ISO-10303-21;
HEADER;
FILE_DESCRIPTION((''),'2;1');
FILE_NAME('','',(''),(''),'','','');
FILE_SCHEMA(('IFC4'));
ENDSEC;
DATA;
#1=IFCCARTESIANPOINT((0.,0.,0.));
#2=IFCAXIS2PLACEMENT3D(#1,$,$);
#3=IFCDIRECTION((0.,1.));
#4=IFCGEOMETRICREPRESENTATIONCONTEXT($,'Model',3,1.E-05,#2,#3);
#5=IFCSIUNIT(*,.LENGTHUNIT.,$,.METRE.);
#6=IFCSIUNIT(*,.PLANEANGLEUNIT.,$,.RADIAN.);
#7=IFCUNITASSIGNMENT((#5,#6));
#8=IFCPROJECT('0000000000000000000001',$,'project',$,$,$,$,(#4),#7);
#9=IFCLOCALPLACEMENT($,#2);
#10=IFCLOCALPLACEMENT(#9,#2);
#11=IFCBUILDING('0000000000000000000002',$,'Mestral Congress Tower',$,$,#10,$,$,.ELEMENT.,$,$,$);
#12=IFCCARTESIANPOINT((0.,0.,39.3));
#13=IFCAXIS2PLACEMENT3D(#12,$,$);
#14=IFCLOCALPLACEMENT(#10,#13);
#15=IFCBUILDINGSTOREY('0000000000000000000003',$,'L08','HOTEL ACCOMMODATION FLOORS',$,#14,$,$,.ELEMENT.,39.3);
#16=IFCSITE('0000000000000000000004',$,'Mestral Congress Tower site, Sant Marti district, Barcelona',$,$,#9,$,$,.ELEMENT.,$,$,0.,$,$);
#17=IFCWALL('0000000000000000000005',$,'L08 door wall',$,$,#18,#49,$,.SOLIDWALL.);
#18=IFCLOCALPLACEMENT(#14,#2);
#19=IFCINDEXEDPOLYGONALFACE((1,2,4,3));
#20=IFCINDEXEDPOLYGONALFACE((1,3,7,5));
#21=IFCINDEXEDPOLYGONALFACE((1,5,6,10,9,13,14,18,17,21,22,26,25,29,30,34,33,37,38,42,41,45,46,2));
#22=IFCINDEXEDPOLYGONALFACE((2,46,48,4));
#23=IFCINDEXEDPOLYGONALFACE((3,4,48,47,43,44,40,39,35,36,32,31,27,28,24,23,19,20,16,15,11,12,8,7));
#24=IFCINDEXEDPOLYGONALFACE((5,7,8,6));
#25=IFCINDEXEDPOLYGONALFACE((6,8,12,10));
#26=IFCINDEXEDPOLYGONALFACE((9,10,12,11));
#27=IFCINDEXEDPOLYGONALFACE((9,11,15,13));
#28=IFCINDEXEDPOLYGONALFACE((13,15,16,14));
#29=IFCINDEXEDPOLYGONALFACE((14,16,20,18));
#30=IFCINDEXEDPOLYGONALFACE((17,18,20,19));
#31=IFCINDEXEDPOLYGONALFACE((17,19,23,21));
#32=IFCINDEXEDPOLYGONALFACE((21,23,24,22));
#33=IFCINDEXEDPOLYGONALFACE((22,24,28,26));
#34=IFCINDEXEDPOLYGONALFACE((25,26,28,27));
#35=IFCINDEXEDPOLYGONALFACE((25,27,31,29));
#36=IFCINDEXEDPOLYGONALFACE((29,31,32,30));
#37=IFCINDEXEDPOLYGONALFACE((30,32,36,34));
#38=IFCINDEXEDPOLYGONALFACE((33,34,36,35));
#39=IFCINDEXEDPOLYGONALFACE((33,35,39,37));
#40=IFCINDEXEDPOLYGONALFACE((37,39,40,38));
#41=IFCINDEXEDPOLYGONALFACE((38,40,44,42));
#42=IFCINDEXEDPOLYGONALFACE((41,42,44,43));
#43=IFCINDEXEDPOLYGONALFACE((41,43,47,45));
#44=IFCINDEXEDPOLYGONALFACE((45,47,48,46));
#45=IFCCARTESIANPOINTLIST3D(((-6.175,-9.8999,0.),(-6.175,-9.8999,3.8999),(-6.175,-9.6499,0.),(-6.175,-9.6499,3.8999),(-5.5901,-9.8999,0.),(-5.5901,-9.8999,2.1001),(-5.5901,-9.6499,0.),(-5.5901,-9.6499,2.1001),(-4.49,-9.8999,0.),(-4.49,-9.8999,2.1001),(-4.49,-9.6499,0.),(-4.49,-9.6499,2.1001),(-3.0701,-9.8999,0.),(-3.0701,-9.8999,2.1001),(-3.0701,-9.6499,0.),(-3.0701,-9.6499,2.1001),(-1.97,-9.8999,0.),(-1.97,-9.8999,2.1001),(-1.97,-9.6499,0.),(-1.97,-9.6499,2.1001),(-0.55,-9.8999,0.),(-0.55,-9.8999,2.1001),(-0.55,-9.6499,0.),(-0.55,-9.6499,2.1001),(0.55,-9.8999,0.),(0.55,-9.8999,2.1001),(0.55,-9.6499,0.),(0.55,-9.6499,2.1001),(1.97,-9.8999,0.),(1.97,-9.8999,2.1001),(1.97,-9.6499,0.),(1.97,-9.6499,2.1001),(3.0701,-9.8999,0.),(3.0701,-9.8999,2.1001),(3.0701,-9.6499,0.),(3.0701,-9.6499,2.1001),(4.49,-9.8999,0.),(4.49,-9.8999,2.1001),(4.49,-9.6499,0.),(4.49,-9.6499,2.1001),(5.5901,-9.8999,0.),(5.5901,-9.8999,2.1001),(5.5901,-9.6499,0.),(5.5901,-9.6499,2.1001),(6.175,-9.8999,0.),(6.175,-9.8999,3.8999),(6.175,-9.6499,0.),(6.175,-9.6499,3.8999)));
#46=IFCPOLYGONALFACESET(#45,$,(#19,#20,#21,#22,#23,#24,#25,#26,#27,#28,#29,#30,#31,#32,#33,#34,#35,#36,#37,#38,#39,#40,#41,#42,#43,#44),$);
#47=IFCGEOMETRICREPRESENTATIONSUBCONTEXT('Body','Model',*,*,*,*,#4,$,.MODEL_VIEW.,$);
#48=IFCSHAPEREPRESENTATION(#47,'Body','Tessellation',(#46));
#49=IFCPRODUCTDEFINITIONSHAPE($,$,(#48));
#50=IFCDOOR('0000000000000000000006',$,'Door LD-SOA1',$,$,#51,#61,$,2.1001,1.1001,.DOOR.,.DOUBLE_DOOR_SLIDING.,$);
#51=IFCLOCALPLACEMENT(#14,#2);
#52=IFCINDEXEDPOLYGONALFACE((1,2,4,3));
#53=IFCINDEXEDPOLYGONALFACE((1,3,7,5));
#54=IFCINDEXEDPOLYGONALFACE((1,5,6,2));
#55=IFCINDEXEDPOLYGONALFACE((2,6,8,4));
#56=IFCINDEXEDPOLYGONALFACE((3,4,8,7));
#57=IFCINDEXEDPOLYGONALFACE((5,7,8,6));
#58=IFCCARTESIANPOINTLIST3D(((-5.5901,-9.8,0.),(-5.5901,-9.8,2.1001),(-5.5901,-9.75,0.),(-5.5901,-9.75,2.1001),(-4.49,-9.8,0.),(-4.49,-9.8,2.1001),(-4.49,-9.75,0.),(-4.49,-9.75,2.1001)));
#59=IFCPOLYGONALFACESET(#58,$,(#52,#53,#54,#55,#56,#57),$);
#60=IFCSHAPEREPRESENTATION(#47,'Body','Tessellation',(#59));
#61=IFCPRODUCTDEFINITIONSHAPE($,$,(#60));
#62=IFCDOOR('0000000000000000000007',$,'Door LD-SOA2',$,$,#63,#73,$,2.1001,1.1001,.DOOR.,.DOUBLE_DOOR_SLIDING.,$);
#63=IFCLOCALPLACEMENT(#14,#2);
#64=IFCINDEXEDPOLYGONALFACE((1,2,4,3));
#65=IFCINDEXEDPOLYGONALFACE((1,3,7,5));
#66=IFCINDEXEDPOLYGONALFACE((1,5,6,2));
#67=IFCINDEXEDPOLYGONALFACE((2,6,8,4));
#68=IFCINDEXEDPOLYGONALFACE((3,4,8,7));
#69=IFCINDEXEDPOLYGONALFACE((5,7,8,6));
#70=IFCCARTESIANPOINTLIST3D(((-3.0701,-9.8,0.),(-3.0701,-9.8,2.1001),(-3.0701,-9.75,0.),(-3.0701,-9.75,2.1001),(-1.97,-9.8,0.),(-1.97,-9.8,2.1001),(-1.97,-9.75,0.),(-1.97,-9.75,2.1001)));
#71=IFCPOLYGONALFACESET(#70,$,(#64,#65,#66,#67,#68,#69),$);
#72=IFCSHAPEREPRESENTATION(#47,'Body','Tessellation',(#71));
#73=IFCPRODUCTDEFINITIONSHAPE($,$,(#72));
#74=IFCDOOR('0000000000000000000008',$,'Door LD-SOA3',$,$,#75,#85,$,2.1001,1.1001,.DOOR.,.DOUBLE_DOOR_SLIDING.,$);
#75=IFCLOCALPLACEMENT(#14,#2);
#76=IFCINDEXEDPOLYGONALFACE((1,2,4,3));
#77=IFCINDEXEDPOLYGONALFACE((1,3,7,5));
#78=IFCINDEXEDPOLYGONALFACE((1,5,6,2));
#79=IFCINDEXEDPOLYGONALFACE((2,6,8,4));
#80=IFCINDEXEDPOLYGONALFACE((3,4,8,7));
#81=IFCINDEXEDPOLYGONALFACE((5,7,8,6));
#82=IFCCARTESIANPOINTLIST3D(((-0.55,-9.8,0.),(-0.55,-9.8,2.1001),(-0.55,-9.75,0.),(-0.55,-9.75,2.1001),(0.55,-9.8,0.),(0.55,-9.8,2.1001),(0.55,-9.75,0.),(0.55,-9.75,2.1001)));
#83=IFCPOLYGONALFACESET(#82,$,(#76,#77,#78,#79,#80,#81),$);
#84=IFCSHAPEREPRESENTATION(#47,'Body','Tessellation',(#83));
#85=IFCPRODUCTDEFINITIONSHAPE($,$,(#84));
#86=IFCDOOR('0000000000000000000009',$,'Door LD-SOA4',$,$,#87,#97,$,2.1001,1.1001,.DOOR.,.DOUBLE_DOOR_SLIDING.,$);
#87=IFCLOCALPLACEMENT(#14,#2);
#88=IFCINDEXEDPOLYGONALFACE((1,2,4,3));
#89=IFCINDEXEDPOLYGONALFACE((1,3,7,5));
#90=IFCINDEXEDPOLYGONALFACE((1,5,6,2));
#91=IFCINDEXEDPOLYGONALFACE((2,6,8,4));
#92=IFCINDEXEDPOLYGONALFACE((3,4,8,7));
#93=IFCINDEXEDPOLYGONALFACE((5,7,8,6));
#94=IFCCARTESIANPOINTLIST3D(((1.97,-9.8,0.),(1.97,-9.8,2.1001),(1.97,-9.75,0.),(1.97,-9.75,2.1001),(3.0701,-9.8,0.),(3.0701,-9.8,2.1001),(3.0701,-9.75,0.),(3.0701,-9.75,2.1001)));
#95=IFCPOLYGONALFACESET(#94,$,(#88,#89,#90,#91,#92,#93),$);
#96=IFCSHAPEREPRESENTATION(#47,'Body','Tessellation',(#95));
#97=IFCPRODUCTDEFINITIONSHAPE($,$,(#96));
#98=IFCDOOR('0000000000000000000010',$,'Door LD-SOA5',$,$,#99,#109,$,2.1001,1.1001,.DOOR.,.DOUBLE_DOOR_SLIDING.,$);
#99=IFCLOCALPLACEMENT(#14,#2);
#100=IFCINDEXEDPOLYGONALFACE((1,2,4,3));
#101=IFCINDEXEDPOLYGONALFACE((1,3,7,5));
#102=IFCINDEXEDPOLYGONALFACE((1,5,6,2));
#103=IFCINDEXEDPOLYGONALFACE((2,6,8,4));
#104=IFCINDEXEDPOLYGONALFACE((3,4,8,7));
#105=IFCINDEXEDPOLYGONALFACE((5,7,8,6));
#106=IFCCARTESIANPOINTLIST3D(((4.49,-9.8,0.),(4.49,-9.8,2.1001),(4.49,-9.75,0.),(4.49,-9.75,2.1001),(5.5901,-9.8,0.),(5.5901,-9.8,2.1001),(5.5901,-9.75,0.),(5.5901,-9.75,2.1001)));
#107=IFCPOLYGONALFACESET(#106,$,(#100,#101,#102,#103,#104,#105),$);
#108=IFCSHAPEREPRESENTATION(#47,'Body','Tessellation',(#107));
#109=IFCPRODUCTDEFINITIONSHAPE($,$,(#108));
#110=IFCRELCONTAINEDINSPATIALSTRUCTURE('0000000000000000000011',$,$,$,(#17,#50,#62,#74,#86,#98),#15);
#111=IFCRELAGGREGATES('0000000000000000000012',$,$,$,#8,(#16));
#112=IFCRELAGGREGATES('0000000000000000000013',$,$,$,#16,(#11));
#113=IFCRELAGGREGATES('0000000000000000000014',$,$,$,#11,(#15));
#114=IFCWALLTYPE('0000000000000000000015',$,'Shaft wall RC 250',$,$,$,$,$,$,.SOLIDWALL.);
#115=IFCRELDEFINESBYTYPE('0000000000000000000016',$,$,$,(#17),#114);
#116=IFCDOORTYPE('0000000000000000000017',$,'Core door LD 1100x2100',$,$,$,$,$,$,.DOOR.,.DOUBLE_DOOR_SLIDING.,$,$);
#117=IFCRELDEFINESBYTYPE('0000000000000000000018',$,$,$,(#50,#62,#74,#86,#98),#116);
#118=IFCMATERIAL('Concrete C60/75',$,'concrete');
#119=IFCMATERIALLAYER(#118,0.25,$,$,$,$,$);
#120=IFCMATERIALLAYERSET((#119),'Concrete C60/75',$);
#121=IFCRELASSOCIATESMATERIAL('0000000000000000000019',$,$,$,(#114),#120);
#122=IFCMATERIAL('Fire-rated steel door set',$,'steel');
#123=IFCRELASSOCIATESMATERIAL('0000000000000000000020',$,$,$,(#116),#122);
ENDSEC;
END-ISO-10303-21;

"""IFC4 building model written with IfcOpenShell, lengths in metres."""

from ifc_helpers import new_model, si_unit, direction, frame, frame_2d, origin, place, context, subcontext, project, spatial, rectangle, extrude, material, layer, layer_set, type_object, element, fill, save


model = new_model("IFC4")

# Units and contexts
model_context = context("Model", 3, precision=1e-05, world=origin(), true_north=direction((0.0, 1.0)))
body_context = subcontext(model_context, "Body", "Model", "MODEL_VIEW")
ifc_project = project(units=[si_unit("LENGTHUNIT", "METRE"), si_unit("PLANEANGLEUNIT", "RADIAN")], contexts=[model_context])

# Site, building, storey
site_placement = place(None, origin())
site = spatial("IfcSite", under=ifc_project, at=site_placement, Name="Mestral Congress Tower site, Sant Marti district, Barcelona", CompositionType="ELEMENT", RefElevation=0.0)
building_placement = place(site_placement, origin())
building = spatial("IfcBuilding", under=site, at=building_placement, Name="Mestral Congress Tower", CompositionType="ELEMENT")
storey_placement = place(building_placement, frame((0.0, 0.0, 39.3)))
storey = spatial("IfcBuildingStorey", under=building, at=storey_placement, Name="L08", Description="HOTEL ACCOMMODATION FLOORS", CompositionType="ELEMENT", Elevation=39.3)

# Shared definitions
ifc_material_1 = material(Name="Fire-rated steel door set", Category="steel")

# Shared definitions
ifc_material_2 = material(Name="Concrete C60/75", Category="concrete")
ifc_layer_1 = layer(ifc_material_2, 0.25)
ifc_layer_set_1 = layer_set([ifc_layer_1], Name="Concrete C60/75")
wall_type_1 = type_object("IfcWallType", Name="Shaft wall RC 250", PredefinedType="SOLIDWALL", material=ifc_layer_set_1)

# Wall, openings, doors
wall_1_placement = place(storey_placement, frame((-6.175, -9.7749, 0.0), z_axis=(0.0, 0.0, 1.0), x_axis=(1.0, 0.0, 0.0)))
wall_1 = element("IfcWall", 1, at=wall_1_placement, inside=storey, type_object=wall_type_1, Name="L08 door wall", PredefinedType="SOLIDWALL", context=body_context, shape_type="SweptSolid", body=[
    extrude(rectangle(XDim=12.3501, YDim=0.25, at=frame_2d((6.175, 0.0))), origin(), (0.0, 0.0, 1.0), 3.8999),
])
opening_1_placement = place(wall_1_placement, frame((0.585, 0.0, 0.0)))
opening_1 = element("IfcOpeningElement", 2, at=opening_1_placement, cuts=wall_1, PredefinedType="OPENING", context=body_context, shape_type="SweptSolid", body=[
    extrude(rectangle(XDim=1.1001, YDim=2.1001, at=frame_2d((0.55, 1.05))), frame((0.0, 0.135, 0.0), z_axis=(0.0, -1.0, 0.0), x_axis=(1.0, 0.0, 0.0)), (0.0, 0.0, 1.0), 0.27),
])
opening_2_placement = place(wall_1_placement, frame((3.105, 0.0, 0.0)))
opening_2 = element("IfcOpeningElement", 3, at=opening_2_placement, cuts=wall_1, PredefinedType="OPENING", context=body_context, shape_type="SweptSolid", body=[
    extrude(rectangle(XDim=1.1001, YDim=2.1001, at=frame_2d((0.55, 1.05))), frame((0.0, 0.135, 0.0), z_axis=(0.0, -1.0, 0.0), x_axis=(1.0, 0.0, 0.0)), (0.0, 0.0, 1.0), 0.27),
])
opening_3_placement = place(wall_1_placement, frame((5.625, 0.0, 0.0)))
opening_3 = element("IfcOpeningElement", 4, at=opening_3_placement, cuts=wall_1, PredefinedType="OPENING", context=body_context, shape_type="SweptSolid", body=[
    extrude(rectangle(XDim=1.1001, YDim=2.1001, at=frame_2d((0.55, 1.05))), frame((0.0, 0.135, 0.0), z_axis=(0.0, -1.0, 0.0), x_axis=(1.0, 0.0, 0.0)), (0.0, 0.0, 1.0), 0.27),
])
opening_4_placement = place(wall_1_placement, frame((8.145, 0.0, 0.0)))
opening_4 = element("IfcOpeningElement", 5, at=opening_4_placement, cuts=wall_1, PredefinedType="OPENING", context=body_context, shape_type="SweptSolid", body=[
    extrude(rectangle(XDim=1.1001, YDim=2.1001, at=frame_2d((0.55, 1.05))), frame((0.0, 0.135, 0.0), z_axis=(0.0, -1.0, 0.0), x_axis=(1.0, 0.0, 0.0)), (0.0, 0.0, 1.0), 0.27),
])
opening_5_placement = place(wall_1_placement, frame((10.665, 0.0, 0.0)))
opening_5 = element("IfcOpeningElement", 6, at=opening_5_placement, cuts=wall_1, PredefinedType="OPENING", context=body_context, shape_type="SweptSolid", body=[
    extrude(rectangle(XDim=1.1001, YDim=2.1001, at=frame_2d((0.55, 1.05))), frame((0.0, 0.135, 0.0), z_axis=(0.0, -1.0, 0.0), x_axis=(1.0, 0.0, 0.0)), (0.0, 0.0, 1.0), 0.27),
])
door_type_1 = type_object("IfcDoorType", Name="Core door LD 1100x2100", OperationType="DOUBLE_DOOR_SLIDING", PredefinedType="DOOR", material=ifc_material_1)
door_1_placement = place(opening_1_placement, origin())
door_1 = element("IfcDoor", 7, at=door_1_placement, inside=storey, type_object=door_type_1, Name="Door LD-SOA1", OperationType="DOUBLE_DOOR_SLIDING", OverallHeight=2.1001, OverallWidth=1.1001, PredefinedType="DOOR", context=body_context, shape_type="SweptSolid", body=[
    extrude(rectangle(XDim=1.1001, YDim=2.1001, at=frame_2d((0.55, 1.05))), frame((0.0, 0.0249, 0.0), z_axis=(0.0, -1.0, 0.0), x_axis=(1.0, 0.0, 0.0)), (0.0, 0.0, 1.0), 0.05),
])
fill(opening_1, door_1)
door_2_placement = place(opening_2_placement, origin())
door_2 = element("IfcDoor", 8, at=door_2_placement, inside=storey, type_object=door_type_1, Name="Door LD-SOA2", OperationType="DOUBLE_DOOR_SLIDING", OverallHeight=2.1001, OverallWidth=1.1001, PredefinedType="DOOR", context=body_context, shape_type="SweptSolid", body=[
    extrude(rectangle(XDim=1.1001, YDim=2.1001, at=frame_2d((0.55, 1.05))), frame((0.0, 0.0249, 0.0), z_axis=(0.0, -1.0, 0.0), x_axis=(1.0, 0.0, 0.0)), (0.0, 0.0, 1.0), 0.05),
])
fill(opening_2, door_2)
door_3_placement = place(opening_3_placement, origin())
door_3 = element("IfcDoor", 9, at=door_3_placement, inside=storey, type_object=door_type_1, Name="Door LD-SOA3", OperationType="DOUBLE_DOOR_SLIDING", OverallHeight=2.1001, OverallWidth=1.1001, PredefinedType="DOOR", context=body_context, shape_type="SweptSolid", body=[
    extrude(rectangle(XDim=1.1001, YDim=2.1001, at=frame_2d((0.55, 1.05))), frame((0.0, 0.0249, 0.0), z_axis=(0.0, -1.0, 0.0), x_axis=(1.0, 0.0, 0.0)), (0.0, 0.0, 1.0), 0.05),
])
fill(opening_3, door_3)
door_4_placement = place(opening_4_placement, origin())
door_4 = element("IfcDoor", 10, at=door_4_placement, inside=storey, type_object=door_type_1, Name="Door LD-SOA4", OperationType="DOUBLE_DOOR_SLIDING", OverallHeight=2.1001, OverallWidth=1.1001, PredefinedType="DOOR", context=body_context, shape_type="SweptSolid", body=[
    extrude(rectangle(XDim=1.1001, YDim=2.1001, at=frame_2d((0.55, 1.05))), frame((0.0, 0.0249, 0.0), z_axis=(0.0, -1.0, 0.0), x_axis=(1.0, 0.0, 0.0)), (0.0, 0.0, 1.0), 0.05),
])
fill(opening_4, door_4)
door_5_placement = place(opening_5_placement, origin())
door_5 = element("IfcDoor", 11, at=door_5_placement, inside=storey, type_object=door_type_1, Name="Door LD-SOA5", OperationType="DOUBLE_DOOR_SLIDING", OverallHeight=2.1001, OverallWidth=1.1001, PredefinedType="DOOR", context=body_context, shape_type="SweptSolid", body=[
    extrude(rectangle(XDim=1.1001, YDim=2.1001, at=frame_2d((0.55, 1.05))), frame((0.0, 0.0249, 0.0), z_axis=(0.0, -1.0, 0.0), x_axis=(1.0, 0.0, 0.0)), (0.0, 0.0, 1.0), 0.05),
])
fill(opening_5, door_5)

save(model, "model.ifc")
